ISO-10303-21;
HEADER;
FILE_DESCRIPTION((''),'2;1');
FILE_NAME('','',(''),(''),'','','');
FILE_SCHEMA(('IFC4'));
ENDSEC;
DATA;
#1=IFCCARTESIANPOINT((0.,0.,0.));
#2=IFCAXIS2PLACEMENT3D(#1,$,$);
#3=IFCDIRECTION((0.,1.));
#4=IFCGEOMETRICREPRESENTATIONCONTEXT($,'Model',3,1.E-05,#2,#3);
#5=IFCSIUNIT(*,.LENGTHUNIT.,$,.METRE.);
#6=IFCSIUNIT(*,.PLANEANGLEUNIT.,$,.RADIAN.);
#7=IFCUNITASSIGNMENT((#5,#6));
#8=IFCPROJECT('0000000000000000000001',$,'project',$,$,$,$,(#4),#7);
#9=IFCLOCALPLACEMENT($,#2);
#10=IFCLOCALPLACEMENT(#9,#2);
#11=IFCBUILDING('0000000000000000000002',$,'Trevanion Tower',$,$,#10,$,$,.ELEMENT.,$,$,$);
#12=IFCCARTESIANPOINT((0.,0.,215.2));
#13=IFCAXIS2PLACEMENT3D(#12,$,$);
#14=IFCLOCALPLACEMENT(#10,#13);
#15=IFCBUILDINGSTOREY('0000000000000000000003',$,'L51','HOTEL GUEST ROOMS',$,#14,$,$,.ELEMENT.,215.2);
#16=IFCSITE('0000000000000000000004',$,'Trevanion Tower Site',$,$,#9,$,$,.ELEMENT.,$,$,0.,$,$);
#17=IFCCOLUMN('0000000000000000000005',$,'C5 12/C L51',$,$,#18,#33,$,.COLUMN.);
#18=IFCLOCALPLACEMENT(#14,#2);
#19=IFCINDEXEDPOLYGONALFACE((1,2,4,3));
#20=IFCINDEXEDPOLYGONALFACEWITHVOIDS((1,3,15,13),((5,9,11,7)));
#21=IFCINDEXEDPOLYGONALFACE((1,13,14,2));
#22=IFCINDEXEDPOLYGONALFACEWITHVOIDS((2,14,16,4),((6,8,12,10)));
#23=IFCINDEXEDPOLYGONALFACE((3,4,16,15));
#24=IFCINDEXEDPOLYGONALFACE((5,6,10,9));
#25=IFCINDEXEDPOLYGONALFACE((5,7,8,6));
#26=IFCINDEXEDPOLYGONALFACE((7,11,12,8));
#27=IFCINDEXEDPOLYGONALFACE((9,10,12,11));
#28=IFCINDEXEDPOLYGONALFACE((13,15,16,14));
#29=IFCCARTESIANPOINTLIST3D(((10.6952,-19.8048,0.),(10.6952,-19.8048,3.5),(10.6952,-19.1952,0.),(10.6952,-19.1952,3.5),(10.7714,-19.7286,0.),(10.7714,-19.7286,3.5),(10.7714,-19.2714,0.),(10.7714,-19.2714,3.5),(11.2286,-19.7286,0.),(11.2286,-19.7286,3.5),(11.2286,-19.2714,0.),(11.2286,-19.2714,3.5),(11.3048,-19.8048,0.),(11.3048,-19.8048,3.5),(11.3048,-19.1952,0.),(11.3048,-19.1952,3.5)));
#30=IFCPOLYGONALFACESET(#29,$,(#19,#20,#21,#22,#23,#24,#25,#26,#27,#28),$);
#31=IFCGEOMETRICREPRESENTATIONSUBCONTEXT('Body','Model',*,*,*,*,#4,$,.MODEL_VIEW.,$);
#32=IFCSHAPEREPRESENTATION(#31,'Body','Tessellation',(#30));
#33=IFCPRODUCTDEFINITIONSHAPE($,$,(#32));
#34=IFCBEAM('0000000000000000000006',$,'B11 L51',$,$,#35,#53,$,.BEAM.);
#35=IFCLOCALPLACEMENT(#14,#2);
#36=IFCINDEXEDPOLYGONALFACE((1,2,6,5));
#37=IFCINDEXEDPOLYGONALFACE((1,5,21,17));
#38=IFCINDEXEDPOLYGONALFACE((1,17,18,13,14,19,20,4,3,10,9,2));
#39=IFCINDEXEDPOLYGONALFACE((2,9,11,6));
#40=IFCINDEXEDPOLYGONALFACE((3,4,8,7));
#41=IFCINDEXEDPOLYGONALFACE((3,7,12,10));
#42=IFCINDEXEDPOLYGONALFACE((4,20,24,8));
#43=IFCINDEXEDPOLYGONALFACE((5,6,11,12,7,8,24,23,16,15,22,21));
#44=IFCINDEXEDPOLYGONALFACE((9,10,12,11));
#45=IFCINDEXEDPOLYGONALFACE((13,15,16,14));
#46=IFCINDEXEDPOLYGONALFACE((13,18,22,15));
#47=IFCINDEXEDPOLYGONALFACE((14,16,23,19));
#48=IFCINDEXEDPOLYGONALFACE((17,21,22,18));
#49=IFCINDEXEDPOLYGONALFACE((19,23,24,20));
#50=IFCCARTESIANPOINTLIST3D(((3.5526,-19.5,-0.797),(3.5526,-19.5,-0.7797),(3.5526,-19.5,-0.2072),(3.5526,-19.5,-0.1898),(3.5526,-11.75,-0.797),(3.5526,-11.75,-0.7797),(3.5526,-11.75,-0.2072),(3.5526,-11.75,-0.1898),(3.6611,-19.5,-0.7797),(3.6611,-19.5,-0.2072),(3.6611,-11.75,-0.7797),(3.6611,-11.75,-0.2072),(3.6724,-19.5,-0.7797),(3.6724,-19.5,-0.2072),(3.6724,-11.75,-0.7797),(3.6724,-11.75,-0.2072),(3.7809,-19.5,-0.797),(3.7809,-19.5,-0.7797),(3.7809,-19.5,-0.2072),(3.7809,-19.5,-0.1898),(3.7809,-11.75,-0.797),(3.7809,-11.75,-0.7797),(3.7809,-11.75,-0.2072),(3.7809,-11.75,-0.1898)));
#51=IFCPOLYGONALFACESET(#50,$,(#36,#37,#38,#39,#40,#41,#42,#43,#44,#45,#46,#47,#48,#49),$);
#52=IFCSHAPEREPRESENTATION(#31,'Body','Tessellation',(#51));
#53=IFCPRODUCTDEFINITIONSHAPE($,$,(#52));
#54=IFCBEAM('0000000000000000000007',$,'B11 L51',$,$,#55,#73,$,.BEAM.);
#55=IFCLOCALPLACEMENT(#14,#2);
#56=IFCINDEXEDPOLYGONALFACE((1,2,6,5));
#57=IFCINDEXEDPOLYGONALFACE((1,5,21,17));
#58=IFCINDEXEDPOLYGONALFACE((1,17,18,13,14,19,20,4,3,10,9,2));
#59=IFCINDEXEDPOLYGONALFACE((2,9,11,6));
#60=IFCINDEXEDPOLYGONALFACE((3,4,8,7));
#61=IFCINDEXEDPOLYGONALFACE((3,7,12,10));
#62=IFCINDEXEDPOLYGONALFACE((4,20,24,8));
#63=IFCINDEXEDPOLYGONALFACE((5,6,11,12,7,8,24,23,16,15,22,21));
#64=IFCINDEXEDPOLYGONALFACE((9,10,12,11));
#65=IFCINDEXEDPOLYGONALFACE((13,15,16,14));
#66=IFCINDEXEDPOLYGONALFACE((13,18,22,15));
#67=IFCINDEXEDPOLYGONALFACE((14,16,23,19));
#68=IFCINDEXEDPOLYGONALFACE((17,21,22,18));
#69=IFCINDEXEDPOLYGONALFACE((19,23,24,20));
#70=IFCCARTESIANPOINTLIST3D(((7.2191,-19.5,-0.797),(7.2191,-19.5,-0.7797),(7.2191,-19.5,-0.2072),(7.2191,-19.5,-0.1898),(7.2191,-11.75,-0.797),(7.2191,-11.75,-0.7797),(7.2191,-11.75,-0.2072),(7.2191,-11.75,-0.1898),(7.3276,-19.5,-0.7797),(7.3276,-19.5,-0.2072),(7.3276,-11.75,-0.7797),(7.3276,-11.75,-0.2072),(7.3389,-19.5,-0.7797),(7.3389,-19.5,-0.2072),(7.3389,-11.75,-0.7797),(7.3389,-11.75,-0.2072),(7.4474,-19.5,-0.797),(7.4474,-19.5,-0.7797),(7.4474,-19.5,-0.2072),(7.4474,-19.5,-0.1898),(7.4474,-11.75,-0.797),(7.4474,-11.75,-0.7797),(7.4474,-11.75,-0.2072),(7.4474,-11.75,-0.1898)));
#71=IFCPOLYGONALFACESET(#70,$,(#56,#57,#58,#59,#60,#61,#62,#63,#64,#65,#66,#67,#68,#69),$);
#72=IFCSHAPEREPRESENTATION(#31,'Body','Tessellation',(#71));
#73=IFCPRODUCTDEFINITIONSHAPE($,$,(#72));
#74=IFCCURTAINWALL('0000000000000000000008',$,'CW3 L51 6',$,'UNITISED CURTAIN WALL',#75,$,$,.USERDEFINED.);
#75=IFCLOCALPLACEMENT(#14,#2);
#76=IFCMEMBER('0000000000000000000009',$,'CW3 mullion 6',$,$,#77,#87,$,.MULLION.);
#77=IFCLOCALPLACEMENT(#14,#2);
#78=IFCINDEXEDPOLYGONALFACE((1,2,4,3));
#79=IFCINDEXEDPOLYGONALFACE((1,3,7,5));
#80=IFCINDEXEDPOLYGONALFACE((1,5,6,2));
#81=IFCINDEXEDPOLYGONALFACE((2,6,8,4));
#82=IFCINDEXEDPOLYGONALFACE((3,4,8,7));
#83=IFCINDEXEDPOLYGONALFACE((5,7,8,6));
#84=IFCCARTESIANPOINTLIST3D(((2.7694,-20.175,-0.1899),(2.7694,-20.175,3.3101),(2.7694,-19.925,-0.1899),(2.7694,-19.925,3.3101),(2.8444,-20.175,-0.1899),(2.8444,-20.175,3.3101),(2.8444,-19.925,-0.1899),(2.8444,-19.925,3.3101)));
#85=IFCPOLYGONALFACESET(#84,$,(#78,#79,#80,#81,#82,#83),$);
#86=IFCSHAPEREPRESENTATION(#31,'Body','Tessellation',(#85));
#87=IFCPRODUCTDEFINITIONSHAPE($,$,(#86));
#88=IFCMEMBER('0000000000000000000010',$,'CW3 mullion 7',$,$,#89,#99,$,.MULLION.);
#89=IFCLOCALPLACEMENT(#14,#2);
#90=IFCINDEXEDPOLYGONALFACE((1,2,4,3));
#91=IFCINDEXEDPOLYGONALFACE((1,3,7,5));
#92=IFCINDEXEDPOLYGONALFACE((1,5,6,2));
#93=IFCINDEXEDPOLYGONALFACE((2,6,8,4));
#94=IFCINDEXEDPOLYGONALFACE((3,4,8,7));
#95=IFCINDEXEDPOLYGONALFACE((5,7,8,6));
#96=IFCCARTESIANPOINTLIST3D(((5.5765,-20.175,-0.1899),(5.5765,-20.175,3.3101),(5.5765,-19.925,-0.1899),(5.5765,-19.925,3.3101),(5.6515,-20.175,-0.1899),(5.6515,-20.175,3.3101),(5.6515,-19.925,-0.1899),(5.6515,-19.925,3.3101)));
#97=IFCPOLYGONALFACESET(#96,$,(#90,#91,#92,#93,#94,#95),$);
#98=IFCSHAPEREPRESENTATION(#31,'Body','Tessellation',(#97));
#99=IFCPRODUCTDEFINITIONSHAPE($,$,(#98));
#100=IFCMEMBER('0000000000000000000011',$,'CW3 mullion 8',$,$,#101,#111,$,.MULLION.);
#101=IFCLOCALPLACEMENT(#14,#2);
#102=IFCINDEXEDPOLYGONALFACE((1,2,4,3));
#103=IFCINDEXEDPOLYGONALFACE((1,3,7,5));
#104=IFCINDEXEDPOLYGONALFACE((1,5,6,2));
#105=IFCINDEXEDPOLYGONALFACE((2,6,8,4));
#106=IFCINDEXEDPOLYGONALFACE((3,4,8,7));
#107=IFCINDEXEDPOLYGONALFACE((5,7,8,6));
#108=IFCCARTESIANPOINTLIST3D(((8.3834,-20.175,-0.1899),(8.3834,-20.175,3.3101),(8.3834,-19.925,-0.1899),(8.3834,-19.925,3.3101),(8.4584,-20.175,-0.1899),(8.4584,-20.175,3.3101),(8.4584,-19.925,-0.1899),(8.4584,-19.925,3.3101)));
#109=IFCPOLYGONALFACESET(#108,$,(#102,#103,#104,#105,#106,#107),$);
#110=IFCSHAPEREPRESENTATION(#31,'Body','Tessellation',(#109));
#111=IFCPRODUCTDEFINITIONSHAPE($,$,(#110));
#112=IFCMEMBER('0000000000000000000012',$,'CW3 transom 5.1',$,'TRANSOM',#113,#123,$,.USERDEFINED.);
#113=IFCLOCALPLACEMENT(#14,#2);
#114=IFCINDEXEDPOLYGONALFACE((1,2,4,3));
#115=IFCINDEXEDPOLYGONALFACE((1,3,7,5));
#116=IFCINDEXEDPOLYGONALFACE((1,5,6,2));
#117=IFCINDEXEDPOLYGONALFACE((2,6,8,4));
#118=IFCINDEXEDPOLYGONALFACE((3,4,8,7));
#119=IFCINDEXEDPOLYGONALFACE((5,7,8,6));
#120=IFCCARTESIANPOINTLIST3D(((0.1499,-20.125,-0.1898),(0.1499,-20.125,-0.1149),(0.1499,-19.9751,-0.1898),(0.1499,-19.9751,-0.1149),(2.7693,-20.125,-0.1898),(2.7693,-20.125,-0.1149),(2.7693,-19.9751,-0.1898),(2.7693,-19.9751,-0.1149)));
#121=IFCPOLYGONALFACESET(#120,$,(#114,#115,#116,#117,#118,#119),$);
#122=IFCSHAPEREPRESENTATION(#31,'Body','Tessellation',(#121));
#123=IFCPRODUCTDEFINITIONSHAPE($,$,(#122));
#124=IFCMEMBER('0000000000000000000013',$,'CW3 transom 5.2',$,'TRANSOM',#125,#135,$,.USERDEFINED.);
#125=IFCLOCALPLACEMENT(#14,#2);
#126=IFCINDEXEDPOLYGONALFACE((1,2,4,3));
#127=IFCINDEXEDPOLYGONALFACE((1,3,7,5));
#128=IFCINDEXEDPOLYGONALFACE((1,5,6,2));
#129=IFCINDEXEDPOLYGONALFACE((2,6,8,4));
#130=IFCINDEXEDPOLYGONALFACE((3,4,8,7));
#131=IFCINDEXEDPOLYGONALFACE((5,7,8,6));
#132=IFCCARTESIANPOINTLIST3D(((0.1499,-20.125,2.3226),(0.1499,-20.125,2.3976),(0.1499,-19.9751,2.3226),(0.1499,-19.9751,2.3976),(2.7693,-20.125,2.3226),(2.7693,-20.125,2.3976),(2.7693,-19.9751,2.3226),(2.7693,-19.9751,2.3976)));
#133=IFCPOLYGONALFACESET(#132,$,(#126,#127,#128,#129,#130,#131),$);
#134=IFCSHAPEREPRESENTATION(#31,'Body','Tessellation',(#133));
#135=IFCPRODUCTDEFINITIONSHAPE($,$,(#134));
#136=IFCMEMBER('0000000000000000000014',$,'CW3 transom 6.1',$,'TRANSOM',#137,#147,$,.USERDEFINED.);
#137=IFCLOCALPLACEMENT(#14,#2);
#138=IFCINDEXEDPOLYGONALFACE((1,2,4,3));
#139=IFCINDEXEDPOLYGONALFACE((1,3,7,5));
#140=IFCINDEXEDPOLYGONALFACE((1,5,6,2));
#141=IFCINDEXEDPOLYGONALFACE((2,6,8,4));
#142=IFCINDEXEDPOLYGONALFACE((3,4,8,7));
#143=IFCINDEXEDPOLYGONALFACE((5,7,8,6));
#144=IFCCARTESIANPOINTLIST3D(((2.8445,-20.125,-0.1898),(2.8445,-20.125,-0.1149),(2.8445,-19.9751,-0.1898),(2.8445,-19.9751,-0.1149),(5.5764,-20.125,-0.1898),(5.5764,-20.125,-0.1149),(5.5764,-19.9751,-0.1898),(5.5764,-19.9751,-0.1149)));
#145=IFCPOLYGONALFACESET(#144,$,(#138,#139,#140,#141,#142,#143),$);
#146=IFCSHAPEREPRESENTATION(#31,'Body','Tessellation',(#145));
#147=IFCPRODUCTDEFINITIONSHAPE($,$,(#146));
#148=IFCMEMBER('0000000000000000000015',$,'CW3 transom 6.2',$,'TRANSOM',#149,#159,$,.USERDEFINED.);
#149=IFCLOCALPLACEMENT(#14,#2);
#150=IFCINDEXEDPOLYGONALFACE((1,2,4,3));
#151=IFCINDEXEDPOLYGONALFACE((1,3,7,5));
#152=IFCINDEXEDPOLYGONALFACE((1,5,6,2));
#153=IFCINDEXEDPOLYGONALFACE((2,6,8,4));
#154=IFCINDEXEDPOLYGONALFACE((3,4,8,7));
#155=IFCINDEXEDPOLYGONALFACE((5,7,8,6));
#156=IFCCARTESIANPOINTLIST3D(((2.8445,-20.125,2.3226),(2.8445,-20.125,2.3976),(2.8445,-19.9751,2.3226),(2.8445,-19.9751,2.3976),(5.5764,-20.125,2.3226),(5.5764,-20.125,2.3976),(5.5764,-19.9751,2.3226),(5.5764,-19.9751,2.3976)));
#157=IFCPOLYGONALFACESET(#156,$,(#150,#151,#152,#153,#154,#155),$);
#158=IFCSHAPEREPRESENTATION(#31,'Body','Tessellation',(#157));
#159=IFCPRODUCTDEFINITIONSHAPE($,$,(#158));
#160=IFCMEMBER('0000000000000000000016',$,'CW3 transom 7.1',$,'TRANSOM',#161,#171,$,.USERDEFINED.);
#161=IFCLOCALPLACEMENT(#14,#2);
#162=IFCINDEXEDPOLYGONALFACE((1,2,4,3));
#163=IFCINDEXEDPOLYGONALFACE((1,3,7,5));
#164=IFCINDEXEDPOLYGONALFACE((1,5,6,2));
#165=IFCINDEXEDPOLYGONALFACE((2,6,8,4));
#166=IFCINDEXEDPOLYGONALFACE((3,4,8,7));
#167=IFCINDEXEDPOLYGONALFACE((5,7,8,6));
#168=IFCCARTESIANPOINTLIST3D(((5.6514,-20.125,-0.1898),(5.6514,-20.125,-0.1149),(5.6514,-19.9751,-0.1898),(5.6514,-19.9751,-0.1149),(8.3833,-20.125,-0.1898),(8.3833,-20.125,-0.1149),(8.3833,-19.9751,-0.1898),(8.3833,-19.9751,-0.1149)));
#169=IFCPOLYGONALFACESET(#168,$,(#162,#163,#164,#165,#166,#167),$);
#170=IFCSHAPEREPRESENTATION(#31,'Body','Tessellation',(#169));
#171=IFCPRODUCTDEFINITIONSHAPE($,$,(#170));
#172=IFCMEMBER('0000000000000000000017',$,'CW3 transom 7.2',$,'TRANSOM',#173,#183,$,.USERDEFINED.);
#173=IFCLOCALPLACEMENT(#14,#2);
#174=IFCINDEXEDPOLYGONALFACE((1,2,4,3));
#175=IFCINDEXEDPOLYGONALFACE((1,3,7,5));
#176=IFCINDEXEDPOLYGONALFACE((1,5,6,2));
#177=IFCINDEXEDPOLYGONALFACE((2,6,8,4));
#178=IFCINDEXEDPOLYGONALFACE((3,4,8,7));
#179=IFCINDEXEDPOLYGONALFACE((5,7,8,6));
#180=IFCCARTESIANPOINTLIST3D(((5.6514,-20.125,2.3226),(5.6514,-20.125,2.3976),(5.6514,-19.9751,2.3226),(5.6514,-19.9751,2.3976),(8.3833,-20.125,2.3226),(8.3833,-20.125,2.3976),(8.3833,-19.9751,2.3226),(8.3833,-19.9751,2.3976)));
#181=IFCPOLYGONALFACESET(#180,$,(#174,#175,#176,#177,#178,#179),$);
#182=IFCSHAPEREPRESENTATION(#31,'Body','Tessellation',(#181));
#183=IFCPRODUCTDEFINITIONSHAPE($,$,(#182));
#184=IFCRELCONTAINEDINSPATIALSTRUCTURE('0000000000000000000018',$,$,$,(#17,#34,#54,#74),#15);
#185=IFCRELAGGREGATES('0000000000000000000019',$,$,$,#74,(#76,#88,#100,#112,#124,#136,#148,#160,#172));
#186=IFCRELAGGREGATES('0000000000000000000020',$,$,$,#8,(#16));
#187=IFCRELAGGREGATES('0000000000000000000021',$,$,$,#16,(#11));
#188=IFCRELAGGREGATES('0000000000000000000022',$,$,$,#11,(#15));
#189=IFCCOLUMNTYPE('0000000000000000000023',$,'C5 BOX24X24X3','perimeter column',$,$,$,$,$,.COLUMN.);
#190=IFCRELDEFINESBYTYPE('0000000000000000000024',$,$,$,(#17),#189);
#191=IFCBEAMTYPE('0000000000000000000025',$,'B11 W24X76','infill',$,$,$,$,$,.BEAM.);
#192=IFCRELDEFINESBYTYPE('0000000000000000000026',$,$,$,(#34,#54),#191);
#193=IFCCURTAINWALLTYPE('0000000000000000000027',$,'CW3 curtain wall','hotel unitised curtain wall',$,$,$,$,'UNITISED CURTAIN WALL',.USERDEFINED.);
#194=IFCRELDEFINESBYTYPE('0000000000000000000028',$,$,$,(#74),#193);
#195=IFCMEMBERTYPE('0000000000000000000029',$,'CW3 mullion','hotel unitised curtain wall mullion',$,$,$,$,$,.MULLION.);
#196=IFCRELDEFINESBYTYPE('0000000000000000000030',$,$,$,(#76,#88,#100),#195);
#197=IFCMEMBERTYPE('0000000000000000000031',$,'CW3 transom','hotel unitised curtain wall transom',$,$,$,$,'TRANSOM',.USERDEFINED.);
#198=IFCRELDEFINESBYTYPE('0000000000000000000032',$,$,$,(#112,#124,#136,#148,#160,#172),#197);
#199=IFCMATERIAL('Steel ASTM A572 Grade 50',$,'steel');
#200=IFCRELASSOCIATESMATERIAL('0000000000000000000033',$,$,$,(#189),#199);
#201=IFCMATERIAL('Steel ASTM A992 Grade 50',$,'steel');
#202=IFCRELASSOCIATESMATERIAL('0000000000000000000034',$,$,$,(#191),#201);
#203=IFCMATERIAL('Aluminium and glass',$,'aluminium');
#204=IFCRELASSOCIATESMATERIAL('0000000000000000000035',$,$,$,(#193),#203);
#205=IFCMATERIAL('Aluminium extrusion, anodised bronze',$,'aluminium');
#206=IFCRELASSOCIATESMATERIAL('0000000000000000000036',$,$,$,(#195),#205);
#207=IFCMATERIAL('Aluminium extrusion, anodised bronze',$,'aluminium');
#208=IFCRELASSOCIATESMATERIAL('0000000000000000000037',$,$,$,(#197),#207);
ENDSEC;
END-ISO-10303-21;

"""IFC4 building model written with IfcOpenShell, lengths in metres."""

from ifc_helpers import new_model, si_unit, direction, frame, origin, origin_2d, place, context, subcontext, project, spatial, rectangle, hollow_rectangle, i_section, extrude, material, material_profile, profile_set, type_object, element, aggregate, save


model = new_model("IFC4")

# Units and contexts
model_context = context("Model", 3, precision=1e-05, world=origin(), true_north=direction((0.0, 1.0)))
body_context = subcontext(model_context, "Body", "Model", "MODEL_VIEW")
ifc_project = project(units=[si_unit("LENGTHUNIT", "METRE"), si_unit("PLANEANGLEUNIT", "RADIAN")], contexts=[model_context])

# Site, building, storey
site_placement = place(None, origin())
site = spatial("IfcSite", under=ifc_project, at=site_placement, Name="Trevanion Tower Site", CompositionType="ELEMENT", RefElevation=0.0)
building_placement = place(site_placement, origin())
building = spatial("IfcBuilding", under=site, at=building_placement, Name="Trevanion Tower", CompositionType="ELEMENT")
storey_placement = place(building_placement, frame((0.0, 0.0, 215.2)))
storey = spatial("IfcBuildingStorey", under=building, at=storey_placement, Name="L51", Description="HOTEL GUEST ROOMS", CompositionType="ELEMENT", Elevation=215.2)

# Column
ifc_material_1 = material(Name="Steel ASTM A572 Grade 50", Category="steel")
ifc_material_profile_1 = material_profile(ifc_material_1, hollow_rectangle(XDim=0.6096, YDim=0.6096, WallThickness=0.0762, at=origin_2d()), Name="BOX24X24X3")
ifc_profile_set_1 = profile_set([ifc_material_profile_1], Name="Steel ASTM A572 Grade 50")
column_type = type_object("IfcColumnType", Name="C5 BOX24X24X3", Description="perimeter column", PredefinedType="COLUMN", material=ifc_profile_set_1)
column_placement = place(storey_placement, frame((11.0, -19.5, 0.0), z_axis=(0.0, 0.0, 1.0), x_axis=(1.0, 0.0, 0.0)))
element("IfcColumn", 1, at=column_placement, inside=storey, type_object=column_type, Name="C5 12/C L51", PredefinedType="COLUMN", context=body_context, shape_type="SweptSolid", body=[
    extrude(hollow_rectangle(XDim=0.6096, YDim=0.6096, WallThickness=0.0762, at=origin_2d()), origin(), (0.0, 0.0, 1.0), 3.5),
])

# Beams
ifc_material_2 = material(Name="Steel ASTM A992 Grade 50", Category="steel")
ifc_material_profile_2 = material_profile(ifc_material_2, i_section(OverallWidth=0.2283, OverallDepth=0.6072, WebThickness=0.0112, FlangeThickness=0.0173, at=origin_2d()), Name="W24X76")
ifc_profile_set_2 = profile_set([ifc_material_profile_2], Name="Steel ASTM A992 Grade 50")
beam_type = type_object("IfcBeamType", Name="B11 W24X76", Description="infill", PredefinedType="BEAM", material=ifc_profile_set_2)
for number, where, z_axis, x_axis, name in (
    (2, (3.6667, -11.75, -0.4934), (0.0, -1.0, 0.0), (1.0, 0.0, 0.0), "B11 L51"),
    (3, (7.3333, -11.75, -0.4934), (0.0, -1.0, 0.0), (1.0, 0.0, 0.0), "B11 L51"),
):
    element("IfcBeam", number, at=place(storey_placement, frame(where, z_axis=z_axis, x_axis=x_axis)), inside=storey, type_object=beam_type, Name=name, PredefinedType="BEAM", context=body_context, shape_type="SweptSolid", body=[
        extrude(i_section(OverallWidth=0.2283, OverallDepth=0.6072, WebThickness=0.0112, FlangeThickness=0.0173, at=origin_2d()), origin(), (0.0, 0.0, 1.0), 7.75),
    ])

# Curtain wall, members
ifc_material_3 = material(Name="Aluminium and glass", Category="aluminium")
curtain_wall_type = type_object("IfcCurtainWallType", Name="CW3 curtain wall", Description="hotel unitised curtain wall", ElementType="UNITISED CURTAIN WALL", PredefinedType="USERDEFINED", material=ifc_material_3)
curtain_wall_placement = place(storey_placement, origin())
curtain_wall = element("IfcCurtainWall", 4, at=curtain_wall_placement, inside=storey, type_object=curtain_wall_type, Name="CW3 L51 6", ObjectType="UNITISED CURTAIN WALL", PredefinedType="USERDEFINED")
ifc_material_4 = material(Name="Aluminium extrusion, anodised bronze", Category="aluminium")
ifc_material_profile_3 = material_profile(ifc_material_4, rectangle(XDim=0.075, YDim=0.25, at=origin_2d()), Name="CW3 mullion")
ifc_profile_set_3 = profile_set([ifc_material_profile_3], Name="Aluminium extrusion, anodised bronze")
member_type_1 = type_object("IfcMemberType", Name="CW3 mullion", Description="hotel unitised curtain wall mullion", PredefinedType="MULLION", material=ifc_profile_set_3)
member_1_placement = place(storey_placement, frame((2.8069, -20.05, -0.1899), z_axis=(0.0, 0.0, 1.0), x_axis=(1.0, 0.0, 0.0)))
member_1 = element("IfcMember", 5, at=member_1_placement, type_object=member_type_1, Name="CW3 mullion 6", PredefinedType="MULLION", context=body_context, shape_type="SweptSolid", body=[
    extrude(rectangle(XDim=0.075, YDim=0.25, at=origin_2d()), origin(), (0.0, 0.0, 1.0), 3.5),
])
member_2_placement = place(storey_placement, frame((5.614, -20.05, -0.1899), z_axis=(0.0, 0.0, 1.0), x_axis=(1.0, 0.0, 0.0)))
member_2 = element("IfcMember", 6, at=member_2_placement, type_object=member_type_1, Name="CW3 mullion 7", PredefinedType="MULLION", context=body_context, shape_type="SweptSolid", body=[
    extrude(rectangle(XDim=0.075, YDim=0.25, at=origin_2d()), origin(), (0.0, 0.0, 1.0), 3.5),
])
member_3_placement = place(storey_placement, frame((8.4209, -20.05, -0.1899), z_axis=(0.0, 0.0, 1.0), x_axis=(1.0, 0.0, 0.0)))
member_3 = element("IfcMember", 7, at=member_3_placement, type_object=member_type_1, Name="CW3 mullion 8", PredefinedType="MULLION", context=body_context, shape_type="SweptSolid", body=[
    extrude(rectangle(XDim=0.075, YDim=0.25, at=origin_2d()), origin(), (0.0, 0.0, 1.0), 3.5),
])
ifc_material_5 = material(Name="Aluminium extrusion, anodised bronze", Category="aluminium")
ifc_material_profile_4 = material_profile(ifc_material_5, rectangle(XDim=0.1499, YDim=0.075, at=origin_2d()), Name="CW3 transom")
ifc_profile_set_4 = profile_set([ifc_material_profile_4], Name="Aluminium extrusion, anodised bronze")
member_type_2 = type_object("IfcMemberType", Name="CW3 transom", Description="hotel unitised curtain wall transom", ElementType="TRANSOM", PredefinedType="USERDEFINED", material=ifc_profile_set_4)
member_4_placement = place(storey_placement, frame((0.1499, -20.05, -0.1523), z_axis=(1.0, 0.0, 0.0), x_axis=(0.0, 1.0, 0.0)))
member_4 = element("IfcMember", 8, at=member_4_placement, type_object=member_type_2, Name="CW3 transom 5.1", ObjectType="TRANSOM", PredefinedType="USERDEFINED", context=body_context, shape_type="SweptSolid", body=[
    extrude(rectangle(XDim=0.1499, YDim=0.075, at=origin_2d()), origin(), (0.0, 0.0, 1.0), 2.6194),
])
member_5_placement = place(storey_placement, frame((0.1499, -20.05, 2.3601), z_axis=(1.0, 0.0, 0.0), x_axis=(0.0, 1.0, 0.0)))
member_5 = element("IfcMember", 9, at=member_5_placement, type_object=member_type_2, Name="CW3 transom 5.2", ObjectType="TRANSOM", PredefinedType="USERDEFINED", context=body_context, shape_type="SweptSolid", body=[
    extrude(rectangle(XDim=0.1499, YDim=0.075, at=origin_2d()), origin(), (0.0, 0.0, 1.0), 2.6194),
])
member_6_placement = place(storey_placement, frame((2.8445, -20.05, -0.1523), z_axis=(1.0, 0.0, 0.0), x_axis=(0.0, 1.0, 0.0)))
member_6 = element("IfcMember", 10, at=member_6_placement, type_object=member_type_2, Name="CW3 transom 6.1", ObjectType="TRANSOM", PredefinedType="USERDEFINED", context=body_context, shape_type="SweptSolid", body=[
    extrude(rectangle(XDim=0.1499, YDim=0.075, at=origin_2d()), origin(), (0.0, 0.0, 1.0), 2.7319),
])
member_7_placement = place(storey_placement, frame((2.8445, -20.05, 2.3601), z_axis=(1.0, 0.0, 0.0), x_axis=(0.0, 1.0, 0.0)))
member_7 = element("IfcMember", 11, at=member_7_placement, type_object=member_type_2, Name="CW3 transom 6.2", ObjectType="TRANSOM", PredefinedType="USERDEFINED", context=body_context, shape_type="SweptSolid", body=[
    extrude(rectangle(XDim=0.1499, YDim=0.075, at=origin_2d()), origin(), (0.0, 0.0, 1.0), 2.7319),
])
member_8_placement = place(storey_placement, frame((5.6514, -20.05, -0.1523), z_axis=(1.0, 0.0, 0.0), x_axis=(0.0, 1.0, 0.0)))
member_8 = element("IfcMember", 12, at=member_8_placement, type_object=member_type_2, Name="CW3 transom 7.1", ObjectType="TRANSOM", PredefinedType="USERDEFINED", context=body_context, shape_type="SweptSolid", body=[
    extrude(rectangle(XDim=0.1499, YDim=0.075, at=origin_2d()), origin(), (0.0, 0.0, 1.0), 2.7319),
])
member_9_placement = place(storey_placement, frame((5.6514, -20.05, 2.3601), z_axis=(1.0, 0.0, 0.0), x_axis=(0.0, 1.0, 0.0)))
member_9 = element("IfcMember", 13, at=member_9_placement, type_object=member_type_2, Name="CW3 transom 7.2", ObjectType="TRANSOM", PredefinedType="USERDEFINED", context=body_context, shape_type="SweptSolid", body=[
    extrude(rectangle(XDim=0.1499, YDim=0.075, at=origin_2d()), origin(), (0.0, 0.0, 1.0), 2.7319),
])
aggregate(curtain_wall, [member_1, member_2, member_3, member_4, member_5, member_6, member_7, member_8, member_9])

save(model, "model.ifc")
